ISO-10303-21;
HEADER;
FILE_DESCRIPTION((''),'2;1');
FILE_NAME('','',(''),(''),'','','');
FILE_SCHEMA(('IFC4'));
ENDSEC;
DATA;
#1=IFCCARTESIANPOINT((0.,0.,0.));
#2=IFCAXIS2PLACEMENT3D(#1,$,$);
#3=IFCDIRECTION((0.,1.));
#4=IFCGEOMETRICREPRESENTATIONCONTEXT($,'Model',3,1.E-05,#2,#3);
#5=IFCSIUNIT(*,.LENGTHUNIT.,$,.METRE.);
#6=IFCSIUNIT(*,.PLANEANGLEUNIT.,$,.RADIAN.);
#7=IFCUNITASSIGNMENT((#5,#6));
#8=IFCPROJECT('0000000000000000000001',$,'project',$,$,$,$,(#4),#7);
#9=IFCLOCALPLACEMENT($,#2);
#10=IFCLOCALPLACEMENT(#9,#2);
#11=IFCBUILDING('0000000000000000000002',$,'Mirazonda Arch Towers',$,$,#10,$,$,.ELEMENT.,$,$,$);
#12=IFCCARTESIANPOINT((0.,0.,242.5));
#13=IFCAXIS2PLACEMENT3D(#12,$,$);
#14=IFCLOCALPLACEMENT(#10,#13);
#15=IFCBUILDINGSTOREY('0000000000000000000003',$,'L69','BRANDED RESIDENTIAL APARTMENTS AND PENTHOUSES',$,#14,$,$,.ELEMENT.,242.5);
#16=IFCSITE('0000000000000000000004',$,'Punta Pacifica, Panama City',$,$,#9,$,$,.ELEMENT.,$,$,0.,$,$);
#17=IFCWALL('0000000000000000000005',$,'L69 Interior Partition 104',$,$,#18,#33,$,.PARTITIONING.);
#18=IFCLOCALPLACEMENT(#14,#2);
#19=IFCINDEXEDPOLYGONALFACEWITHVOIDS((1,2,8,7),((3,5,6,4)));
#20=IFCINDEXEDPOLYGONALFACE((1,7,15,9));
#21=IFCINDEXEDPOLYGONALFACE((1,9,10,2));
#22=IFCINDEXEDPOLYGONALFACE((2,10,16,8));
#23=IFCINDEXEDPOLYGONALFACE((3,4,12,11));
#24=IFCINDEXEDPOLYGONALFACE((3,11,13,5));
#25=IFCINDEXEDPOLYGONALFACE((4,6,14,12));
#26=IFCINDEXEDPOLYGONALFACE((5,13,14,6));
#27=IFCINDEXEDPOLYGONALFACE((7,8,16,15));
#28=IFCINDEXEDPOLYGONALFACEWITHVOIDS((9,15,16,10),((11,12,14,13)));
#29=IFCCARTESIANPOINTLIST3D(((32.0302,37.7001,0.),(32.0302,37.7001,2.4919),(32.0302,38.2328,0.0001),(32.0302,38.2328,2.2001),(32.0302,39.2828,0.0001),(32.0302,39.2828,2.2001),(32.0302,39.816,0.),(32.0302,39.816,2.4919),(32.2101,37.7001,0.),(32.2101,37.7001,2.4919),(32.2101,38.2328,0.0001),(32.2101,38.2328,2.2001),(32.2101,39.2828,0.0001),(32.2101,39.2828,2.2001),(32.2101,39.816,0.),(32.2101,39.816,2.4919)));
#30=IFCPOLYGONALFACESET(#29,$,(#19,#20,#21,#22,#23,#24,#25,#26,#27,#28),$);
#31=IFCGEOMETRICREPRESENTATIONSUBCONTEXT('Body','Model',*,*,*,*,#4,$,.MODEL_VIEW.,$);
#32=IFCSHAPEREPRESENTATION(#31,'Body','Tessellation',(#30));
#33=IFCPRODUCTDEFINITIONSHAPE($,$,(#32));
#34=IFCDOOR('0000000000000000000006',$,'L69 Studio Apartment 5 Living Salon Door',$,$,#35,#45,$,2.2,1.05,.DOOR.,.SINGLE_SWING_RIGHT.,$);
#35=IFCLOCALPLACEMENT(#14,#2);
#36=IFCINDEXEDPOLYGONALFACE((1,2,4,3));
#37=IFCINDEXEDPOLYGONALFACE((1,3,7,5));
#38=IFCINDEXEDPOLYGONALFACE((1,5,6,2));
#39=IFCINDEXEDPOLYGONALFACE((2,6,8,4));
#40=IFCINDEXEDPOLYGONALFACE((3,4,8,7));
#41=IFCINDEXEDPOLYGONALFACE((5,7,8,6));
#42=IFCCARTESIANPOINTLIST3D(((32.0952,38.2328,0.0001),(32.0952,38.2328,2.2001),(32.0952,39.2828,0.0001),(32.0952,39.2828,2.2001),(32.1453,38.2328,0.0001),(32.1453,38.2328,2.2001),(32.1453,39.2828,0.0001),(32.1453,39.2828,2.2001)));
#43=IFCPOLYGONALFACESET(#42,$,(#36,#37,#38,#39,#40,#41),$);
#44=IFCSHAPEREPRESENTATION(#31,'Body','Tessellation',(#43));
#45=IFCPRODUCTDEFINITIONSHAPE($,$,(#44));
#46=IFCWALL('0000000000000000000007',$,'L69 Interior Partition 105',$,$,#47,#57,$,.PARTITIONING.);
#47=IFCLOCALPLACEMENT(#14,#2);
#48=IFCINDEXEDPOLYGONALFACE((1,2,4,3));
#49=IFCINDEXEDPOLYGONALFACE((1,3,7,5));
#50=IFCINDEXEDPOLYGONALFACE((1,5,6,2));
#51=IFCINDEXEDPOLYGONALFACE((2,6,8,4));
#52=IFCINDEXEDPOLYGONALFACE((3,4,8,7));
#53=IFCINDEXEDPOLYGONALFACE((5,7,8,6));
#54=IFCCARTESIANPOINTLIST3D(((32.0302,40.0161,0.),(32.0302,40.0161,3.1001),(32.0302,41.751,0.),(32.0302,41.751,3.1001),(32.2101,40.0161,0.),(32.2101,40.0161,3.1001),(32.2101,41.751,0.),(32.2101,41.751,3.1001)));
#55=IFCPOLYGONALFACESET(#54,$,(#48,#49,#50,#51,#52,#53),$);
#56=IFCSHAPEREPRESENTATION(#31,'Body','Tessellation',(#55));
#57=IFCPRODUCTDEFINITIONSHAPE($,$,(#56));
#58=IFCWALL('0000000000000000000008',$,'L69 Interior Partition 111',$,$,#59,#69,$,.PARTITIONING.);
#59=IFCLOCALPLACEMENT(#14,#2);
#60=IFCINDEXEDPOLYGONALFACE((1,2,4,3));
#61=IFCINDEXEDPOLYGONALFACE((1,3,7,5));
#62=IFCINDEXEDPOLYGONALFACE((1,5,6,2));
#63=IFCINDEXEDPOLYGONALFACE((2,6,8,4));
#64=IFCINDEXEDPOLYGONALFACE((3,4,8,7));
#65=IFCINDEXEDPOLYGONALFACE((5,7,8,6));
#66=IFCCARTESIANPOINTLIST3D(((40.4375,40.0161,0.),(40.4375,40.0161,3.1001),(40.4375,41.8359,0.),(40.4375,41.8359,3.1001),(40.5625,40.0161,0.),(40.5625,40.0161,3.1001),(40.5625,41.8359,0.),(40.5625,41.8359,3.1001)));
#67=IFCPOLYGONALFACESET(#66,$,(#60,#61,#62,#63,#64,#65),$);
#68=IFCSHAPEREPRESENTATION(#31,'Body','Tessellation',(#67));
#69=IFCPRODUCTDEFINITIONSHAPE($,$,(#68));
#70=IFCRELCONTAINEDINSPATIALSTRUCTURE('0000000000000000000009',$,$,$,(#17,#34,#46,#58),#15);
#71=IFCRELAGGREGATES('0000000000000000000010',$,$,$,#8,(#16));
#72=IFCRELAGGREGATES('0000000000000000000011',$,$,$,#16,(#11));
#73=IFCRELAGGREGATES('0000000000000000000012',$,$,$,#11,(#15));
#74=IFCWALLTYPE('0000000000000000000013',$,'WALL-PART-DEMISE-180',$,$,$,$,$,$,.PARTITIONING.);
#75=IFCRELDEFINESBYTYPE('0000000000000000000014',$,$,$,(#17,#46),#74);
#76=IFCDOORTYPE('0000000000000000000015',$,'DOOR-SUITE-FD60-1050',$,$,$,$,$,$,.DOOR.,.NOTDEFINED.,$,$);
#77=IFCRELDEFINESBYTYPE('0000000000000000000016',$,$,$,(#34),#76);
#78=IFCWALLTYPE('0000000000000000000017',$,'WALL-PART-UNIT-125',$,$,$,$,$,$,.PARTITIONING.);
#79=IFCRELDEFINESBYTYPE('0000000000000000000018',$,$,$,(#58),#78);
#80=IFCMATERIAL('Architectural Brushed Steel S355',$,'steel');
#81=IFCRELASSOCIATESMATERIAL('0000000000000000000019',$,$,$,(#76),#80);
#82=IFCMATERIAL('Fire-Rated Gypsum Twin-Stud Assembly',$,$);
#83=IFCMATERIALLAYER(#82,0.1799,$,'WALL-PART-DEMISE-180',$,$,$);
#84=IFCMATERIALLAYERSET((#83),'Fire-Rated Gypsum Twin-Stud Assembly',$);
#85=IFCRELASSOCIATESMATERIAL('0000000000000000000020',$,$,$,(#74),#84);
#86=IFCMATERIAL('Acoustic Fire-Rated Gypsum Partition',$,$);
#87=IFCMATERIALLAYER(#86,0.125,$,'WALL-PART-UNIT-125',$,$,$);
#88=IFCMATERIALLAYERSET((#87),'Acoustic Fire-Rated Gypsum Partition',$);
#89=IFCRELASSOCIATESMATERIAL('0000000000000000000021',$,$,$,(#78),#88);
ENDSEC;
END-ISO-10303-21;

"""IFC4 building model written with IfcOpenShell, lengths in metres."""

from ifc_helpers import new_model, si_unit, direction, frame, frame_2d, origin, place, context, subcontext, project, spatial, rectangle, extrude, material, layer, layer_set, type_object, element, fill, save


model = new_model("IFC4")

# Units and contexts
model_context = context("Model", 3, precision=1e-05, world=origin(), true_north=direction((0.0, 1.0)))
body_context = subcontext(model_context, "Body", "Model", "MODEL_VIEW")
ifc_project = project(units=[si_unit("LENGTHUNIT", "METRE"), si_unit("PLANEANGLEUNIT", "RADIAN")], contexts=[model_context])

# Site, building, storey
site_placement = place(None, origin())
site = spatial("IfcSite", under=ifc_project, at=site_placement, Name="Punta Pacifica, Panama City", CompositionType="ELEMENT", RefElevation=0.0)
building_placement = place(site_placement, origin())
building = spatial("IfcBuilding", under=site, at=building_placement, Name="Mirazonda Arch Towers", CompositionType="ELEMENT")
storey_placement = place(building_placement, frame((0.0, 0.0, 242.5)))
storey = spatial("IfcBuildingStorey", under=building, at=storey_placement, Name="L69", Description="BRANDED RESIDENTIAL APARTMENTS AND PENTHOUSES", CompositionType="ELEMENT", Elevation=242.5)

# Shared definitions
ifc_material_1 = material(Name="Architectural Brushed Steel S355", Category="steel")
door_type_1 = type_object("IfcDoorType", Name="DOOR-SUITE-FD60-1050", OperationType="NOTDEFINED", PredefinedType="DOOR", material=ifc_material_1)

# Shared definitions
ifc_material_2 = material(Name="Fire-Rated Gypsum Twin-Stud Assembly")
ifc_layer_1 = layer(ifc_material_2, 0.1799, Name="WALL-PART-DEMISE-180")
ifc_layer_set_1 = layer_set([ifc_layer_1], Name="Fire-Rated Gypsum Twin-Stud Assembly")
wall_type_1 = type_object("IfcWallType", Name="WALL-PART-DEMISE-180", PredefinedType="PARTITIONING", material=ifc_layer_set_1)

# Wall, opening, door
wall_1_placement = place(storey_placement, frame((32.1201, 37.7, 0.0), z_axis=(0.0, 0.0, 1.0), x_axis=(0.0, 1.0, 0.0)))
wall_1 = element("IfcWall", 1, at=wall_1_placement, inside=storey, type_object=wall_type_1, Name="L69 Interior Partition 104", PredefinedType="PARTITIONING", context=body_context, shape_type="SweptSolid", body=[
    extrude(rectangle(XDim=2.116, YDim=0.1799, at=frame_2d((1.0581, 0.0))), origin(), (0.0, 0.0, 1.0), 2.4919),
])
opening_1_placement = place(wall_1_placement, frame((0.533, 0.0, 0.0)))
opening_1 = element("IfcOpeningElement", 2, at=opening_1_placement, cuts=wall_1, PredefinedType="OPENING", context=body_context, shape_type="SweptSolid", body=[
    extrude(rectangle(XDim=1.05, YDim=2.2, at=frame_2d((0.5249, 1.1001))), frame((0.0, 0.0999, 0.0), z_axis=(0.0, -1.0, 0.0), x_axis=(1.0, 0.0, 0.0)), (0.0, 0.0, 1.0), 0.2),
])
door_1_placement = place(opening_1_placement, origin())
door_1 = element("IfcDoor", 3, at=door_1_placement, inside=storey, type_object=door_type_1, Name="L69 Studio Apartment 5 Living Salon Door", OperationType="SINGLE_SWING_RIGHT", OverallHeight=2.2, OverallWidth=1.05, PredefinedType="DOOR", context=body_context, shape_type="SweptSolid", body=[
    extrude(rectangle(XDim=1.05, YDim=2.2, at=frame_2d((0.5249, 1.1001))), frame((0.0, 0.0249, 0.0), z_axis=(0.0, -1.0, 0.0), x_axis=(1.0, 0.0, 0.0)), (0.0, 0.0, 1.0), 0.05),
])
fill(opening_1, door_1)

# Wall
wall_2_placement = place(storey_placement, frame((32.1201, 40.0161, 0.0), z_axis=(0.0, 0.0, 1.0), x_axis=(0.0, 1.0, 0.0)))
element("IfcWall", 4, at=wall_2_placement, inside=storey, type_object=wall_type_1, Name="L69 Interior Partition 105", PredefinedType="PARTITIONING", context=body_context, shape_type="SweptSolid", body=[
    extrude(rectangle(XDim=1.7349, YDim=0.1799, at=frame_2d((0.8674, 0.0))), origin(), (0.0, 0.0, 1.0), 3.1001),
])

# Wall
ifc_material_3 = material(Name="Acoustic Fire-Rated Gypsum Partition")
ifc_layer_2 = layer(ifc_material_3, 0.125, Name="WALL-PART-UNIT-125")
ifc_layer_set_2 = layer_set([ifc_layer_2], Name="Acoustic Fire-Rated Gypsum Partition")
wall_type_2 = type_object("IfcWallType", Name="WALL-PART-UNIT-125", PredefinedType="PARTITIONING", material=ifc_layer_set_2)
wall_3_placement = place(storey_placement, frame((40.5, 40.0161, 0.0), z_axis=(0.0, 0.0, 1.0), x_axis=(0.0, 1.0, 0.0)))
element("IfcWall", 5, at=wall_3_placement, inside=storey, type_object=wall_type_2, Name="L69 Interior Partition 111", PredefinedType="PARTITIONING", context=body_context, shape_type="SweptSolid", body=[
    extrude(rectangle(XDim=1.8198, YDim=0.125, at=frame_2d((0.9099, 0.0))), origin(), (0.0, 0.0, 1.0), 3.1001),
])

save(model, "model.ifc")
